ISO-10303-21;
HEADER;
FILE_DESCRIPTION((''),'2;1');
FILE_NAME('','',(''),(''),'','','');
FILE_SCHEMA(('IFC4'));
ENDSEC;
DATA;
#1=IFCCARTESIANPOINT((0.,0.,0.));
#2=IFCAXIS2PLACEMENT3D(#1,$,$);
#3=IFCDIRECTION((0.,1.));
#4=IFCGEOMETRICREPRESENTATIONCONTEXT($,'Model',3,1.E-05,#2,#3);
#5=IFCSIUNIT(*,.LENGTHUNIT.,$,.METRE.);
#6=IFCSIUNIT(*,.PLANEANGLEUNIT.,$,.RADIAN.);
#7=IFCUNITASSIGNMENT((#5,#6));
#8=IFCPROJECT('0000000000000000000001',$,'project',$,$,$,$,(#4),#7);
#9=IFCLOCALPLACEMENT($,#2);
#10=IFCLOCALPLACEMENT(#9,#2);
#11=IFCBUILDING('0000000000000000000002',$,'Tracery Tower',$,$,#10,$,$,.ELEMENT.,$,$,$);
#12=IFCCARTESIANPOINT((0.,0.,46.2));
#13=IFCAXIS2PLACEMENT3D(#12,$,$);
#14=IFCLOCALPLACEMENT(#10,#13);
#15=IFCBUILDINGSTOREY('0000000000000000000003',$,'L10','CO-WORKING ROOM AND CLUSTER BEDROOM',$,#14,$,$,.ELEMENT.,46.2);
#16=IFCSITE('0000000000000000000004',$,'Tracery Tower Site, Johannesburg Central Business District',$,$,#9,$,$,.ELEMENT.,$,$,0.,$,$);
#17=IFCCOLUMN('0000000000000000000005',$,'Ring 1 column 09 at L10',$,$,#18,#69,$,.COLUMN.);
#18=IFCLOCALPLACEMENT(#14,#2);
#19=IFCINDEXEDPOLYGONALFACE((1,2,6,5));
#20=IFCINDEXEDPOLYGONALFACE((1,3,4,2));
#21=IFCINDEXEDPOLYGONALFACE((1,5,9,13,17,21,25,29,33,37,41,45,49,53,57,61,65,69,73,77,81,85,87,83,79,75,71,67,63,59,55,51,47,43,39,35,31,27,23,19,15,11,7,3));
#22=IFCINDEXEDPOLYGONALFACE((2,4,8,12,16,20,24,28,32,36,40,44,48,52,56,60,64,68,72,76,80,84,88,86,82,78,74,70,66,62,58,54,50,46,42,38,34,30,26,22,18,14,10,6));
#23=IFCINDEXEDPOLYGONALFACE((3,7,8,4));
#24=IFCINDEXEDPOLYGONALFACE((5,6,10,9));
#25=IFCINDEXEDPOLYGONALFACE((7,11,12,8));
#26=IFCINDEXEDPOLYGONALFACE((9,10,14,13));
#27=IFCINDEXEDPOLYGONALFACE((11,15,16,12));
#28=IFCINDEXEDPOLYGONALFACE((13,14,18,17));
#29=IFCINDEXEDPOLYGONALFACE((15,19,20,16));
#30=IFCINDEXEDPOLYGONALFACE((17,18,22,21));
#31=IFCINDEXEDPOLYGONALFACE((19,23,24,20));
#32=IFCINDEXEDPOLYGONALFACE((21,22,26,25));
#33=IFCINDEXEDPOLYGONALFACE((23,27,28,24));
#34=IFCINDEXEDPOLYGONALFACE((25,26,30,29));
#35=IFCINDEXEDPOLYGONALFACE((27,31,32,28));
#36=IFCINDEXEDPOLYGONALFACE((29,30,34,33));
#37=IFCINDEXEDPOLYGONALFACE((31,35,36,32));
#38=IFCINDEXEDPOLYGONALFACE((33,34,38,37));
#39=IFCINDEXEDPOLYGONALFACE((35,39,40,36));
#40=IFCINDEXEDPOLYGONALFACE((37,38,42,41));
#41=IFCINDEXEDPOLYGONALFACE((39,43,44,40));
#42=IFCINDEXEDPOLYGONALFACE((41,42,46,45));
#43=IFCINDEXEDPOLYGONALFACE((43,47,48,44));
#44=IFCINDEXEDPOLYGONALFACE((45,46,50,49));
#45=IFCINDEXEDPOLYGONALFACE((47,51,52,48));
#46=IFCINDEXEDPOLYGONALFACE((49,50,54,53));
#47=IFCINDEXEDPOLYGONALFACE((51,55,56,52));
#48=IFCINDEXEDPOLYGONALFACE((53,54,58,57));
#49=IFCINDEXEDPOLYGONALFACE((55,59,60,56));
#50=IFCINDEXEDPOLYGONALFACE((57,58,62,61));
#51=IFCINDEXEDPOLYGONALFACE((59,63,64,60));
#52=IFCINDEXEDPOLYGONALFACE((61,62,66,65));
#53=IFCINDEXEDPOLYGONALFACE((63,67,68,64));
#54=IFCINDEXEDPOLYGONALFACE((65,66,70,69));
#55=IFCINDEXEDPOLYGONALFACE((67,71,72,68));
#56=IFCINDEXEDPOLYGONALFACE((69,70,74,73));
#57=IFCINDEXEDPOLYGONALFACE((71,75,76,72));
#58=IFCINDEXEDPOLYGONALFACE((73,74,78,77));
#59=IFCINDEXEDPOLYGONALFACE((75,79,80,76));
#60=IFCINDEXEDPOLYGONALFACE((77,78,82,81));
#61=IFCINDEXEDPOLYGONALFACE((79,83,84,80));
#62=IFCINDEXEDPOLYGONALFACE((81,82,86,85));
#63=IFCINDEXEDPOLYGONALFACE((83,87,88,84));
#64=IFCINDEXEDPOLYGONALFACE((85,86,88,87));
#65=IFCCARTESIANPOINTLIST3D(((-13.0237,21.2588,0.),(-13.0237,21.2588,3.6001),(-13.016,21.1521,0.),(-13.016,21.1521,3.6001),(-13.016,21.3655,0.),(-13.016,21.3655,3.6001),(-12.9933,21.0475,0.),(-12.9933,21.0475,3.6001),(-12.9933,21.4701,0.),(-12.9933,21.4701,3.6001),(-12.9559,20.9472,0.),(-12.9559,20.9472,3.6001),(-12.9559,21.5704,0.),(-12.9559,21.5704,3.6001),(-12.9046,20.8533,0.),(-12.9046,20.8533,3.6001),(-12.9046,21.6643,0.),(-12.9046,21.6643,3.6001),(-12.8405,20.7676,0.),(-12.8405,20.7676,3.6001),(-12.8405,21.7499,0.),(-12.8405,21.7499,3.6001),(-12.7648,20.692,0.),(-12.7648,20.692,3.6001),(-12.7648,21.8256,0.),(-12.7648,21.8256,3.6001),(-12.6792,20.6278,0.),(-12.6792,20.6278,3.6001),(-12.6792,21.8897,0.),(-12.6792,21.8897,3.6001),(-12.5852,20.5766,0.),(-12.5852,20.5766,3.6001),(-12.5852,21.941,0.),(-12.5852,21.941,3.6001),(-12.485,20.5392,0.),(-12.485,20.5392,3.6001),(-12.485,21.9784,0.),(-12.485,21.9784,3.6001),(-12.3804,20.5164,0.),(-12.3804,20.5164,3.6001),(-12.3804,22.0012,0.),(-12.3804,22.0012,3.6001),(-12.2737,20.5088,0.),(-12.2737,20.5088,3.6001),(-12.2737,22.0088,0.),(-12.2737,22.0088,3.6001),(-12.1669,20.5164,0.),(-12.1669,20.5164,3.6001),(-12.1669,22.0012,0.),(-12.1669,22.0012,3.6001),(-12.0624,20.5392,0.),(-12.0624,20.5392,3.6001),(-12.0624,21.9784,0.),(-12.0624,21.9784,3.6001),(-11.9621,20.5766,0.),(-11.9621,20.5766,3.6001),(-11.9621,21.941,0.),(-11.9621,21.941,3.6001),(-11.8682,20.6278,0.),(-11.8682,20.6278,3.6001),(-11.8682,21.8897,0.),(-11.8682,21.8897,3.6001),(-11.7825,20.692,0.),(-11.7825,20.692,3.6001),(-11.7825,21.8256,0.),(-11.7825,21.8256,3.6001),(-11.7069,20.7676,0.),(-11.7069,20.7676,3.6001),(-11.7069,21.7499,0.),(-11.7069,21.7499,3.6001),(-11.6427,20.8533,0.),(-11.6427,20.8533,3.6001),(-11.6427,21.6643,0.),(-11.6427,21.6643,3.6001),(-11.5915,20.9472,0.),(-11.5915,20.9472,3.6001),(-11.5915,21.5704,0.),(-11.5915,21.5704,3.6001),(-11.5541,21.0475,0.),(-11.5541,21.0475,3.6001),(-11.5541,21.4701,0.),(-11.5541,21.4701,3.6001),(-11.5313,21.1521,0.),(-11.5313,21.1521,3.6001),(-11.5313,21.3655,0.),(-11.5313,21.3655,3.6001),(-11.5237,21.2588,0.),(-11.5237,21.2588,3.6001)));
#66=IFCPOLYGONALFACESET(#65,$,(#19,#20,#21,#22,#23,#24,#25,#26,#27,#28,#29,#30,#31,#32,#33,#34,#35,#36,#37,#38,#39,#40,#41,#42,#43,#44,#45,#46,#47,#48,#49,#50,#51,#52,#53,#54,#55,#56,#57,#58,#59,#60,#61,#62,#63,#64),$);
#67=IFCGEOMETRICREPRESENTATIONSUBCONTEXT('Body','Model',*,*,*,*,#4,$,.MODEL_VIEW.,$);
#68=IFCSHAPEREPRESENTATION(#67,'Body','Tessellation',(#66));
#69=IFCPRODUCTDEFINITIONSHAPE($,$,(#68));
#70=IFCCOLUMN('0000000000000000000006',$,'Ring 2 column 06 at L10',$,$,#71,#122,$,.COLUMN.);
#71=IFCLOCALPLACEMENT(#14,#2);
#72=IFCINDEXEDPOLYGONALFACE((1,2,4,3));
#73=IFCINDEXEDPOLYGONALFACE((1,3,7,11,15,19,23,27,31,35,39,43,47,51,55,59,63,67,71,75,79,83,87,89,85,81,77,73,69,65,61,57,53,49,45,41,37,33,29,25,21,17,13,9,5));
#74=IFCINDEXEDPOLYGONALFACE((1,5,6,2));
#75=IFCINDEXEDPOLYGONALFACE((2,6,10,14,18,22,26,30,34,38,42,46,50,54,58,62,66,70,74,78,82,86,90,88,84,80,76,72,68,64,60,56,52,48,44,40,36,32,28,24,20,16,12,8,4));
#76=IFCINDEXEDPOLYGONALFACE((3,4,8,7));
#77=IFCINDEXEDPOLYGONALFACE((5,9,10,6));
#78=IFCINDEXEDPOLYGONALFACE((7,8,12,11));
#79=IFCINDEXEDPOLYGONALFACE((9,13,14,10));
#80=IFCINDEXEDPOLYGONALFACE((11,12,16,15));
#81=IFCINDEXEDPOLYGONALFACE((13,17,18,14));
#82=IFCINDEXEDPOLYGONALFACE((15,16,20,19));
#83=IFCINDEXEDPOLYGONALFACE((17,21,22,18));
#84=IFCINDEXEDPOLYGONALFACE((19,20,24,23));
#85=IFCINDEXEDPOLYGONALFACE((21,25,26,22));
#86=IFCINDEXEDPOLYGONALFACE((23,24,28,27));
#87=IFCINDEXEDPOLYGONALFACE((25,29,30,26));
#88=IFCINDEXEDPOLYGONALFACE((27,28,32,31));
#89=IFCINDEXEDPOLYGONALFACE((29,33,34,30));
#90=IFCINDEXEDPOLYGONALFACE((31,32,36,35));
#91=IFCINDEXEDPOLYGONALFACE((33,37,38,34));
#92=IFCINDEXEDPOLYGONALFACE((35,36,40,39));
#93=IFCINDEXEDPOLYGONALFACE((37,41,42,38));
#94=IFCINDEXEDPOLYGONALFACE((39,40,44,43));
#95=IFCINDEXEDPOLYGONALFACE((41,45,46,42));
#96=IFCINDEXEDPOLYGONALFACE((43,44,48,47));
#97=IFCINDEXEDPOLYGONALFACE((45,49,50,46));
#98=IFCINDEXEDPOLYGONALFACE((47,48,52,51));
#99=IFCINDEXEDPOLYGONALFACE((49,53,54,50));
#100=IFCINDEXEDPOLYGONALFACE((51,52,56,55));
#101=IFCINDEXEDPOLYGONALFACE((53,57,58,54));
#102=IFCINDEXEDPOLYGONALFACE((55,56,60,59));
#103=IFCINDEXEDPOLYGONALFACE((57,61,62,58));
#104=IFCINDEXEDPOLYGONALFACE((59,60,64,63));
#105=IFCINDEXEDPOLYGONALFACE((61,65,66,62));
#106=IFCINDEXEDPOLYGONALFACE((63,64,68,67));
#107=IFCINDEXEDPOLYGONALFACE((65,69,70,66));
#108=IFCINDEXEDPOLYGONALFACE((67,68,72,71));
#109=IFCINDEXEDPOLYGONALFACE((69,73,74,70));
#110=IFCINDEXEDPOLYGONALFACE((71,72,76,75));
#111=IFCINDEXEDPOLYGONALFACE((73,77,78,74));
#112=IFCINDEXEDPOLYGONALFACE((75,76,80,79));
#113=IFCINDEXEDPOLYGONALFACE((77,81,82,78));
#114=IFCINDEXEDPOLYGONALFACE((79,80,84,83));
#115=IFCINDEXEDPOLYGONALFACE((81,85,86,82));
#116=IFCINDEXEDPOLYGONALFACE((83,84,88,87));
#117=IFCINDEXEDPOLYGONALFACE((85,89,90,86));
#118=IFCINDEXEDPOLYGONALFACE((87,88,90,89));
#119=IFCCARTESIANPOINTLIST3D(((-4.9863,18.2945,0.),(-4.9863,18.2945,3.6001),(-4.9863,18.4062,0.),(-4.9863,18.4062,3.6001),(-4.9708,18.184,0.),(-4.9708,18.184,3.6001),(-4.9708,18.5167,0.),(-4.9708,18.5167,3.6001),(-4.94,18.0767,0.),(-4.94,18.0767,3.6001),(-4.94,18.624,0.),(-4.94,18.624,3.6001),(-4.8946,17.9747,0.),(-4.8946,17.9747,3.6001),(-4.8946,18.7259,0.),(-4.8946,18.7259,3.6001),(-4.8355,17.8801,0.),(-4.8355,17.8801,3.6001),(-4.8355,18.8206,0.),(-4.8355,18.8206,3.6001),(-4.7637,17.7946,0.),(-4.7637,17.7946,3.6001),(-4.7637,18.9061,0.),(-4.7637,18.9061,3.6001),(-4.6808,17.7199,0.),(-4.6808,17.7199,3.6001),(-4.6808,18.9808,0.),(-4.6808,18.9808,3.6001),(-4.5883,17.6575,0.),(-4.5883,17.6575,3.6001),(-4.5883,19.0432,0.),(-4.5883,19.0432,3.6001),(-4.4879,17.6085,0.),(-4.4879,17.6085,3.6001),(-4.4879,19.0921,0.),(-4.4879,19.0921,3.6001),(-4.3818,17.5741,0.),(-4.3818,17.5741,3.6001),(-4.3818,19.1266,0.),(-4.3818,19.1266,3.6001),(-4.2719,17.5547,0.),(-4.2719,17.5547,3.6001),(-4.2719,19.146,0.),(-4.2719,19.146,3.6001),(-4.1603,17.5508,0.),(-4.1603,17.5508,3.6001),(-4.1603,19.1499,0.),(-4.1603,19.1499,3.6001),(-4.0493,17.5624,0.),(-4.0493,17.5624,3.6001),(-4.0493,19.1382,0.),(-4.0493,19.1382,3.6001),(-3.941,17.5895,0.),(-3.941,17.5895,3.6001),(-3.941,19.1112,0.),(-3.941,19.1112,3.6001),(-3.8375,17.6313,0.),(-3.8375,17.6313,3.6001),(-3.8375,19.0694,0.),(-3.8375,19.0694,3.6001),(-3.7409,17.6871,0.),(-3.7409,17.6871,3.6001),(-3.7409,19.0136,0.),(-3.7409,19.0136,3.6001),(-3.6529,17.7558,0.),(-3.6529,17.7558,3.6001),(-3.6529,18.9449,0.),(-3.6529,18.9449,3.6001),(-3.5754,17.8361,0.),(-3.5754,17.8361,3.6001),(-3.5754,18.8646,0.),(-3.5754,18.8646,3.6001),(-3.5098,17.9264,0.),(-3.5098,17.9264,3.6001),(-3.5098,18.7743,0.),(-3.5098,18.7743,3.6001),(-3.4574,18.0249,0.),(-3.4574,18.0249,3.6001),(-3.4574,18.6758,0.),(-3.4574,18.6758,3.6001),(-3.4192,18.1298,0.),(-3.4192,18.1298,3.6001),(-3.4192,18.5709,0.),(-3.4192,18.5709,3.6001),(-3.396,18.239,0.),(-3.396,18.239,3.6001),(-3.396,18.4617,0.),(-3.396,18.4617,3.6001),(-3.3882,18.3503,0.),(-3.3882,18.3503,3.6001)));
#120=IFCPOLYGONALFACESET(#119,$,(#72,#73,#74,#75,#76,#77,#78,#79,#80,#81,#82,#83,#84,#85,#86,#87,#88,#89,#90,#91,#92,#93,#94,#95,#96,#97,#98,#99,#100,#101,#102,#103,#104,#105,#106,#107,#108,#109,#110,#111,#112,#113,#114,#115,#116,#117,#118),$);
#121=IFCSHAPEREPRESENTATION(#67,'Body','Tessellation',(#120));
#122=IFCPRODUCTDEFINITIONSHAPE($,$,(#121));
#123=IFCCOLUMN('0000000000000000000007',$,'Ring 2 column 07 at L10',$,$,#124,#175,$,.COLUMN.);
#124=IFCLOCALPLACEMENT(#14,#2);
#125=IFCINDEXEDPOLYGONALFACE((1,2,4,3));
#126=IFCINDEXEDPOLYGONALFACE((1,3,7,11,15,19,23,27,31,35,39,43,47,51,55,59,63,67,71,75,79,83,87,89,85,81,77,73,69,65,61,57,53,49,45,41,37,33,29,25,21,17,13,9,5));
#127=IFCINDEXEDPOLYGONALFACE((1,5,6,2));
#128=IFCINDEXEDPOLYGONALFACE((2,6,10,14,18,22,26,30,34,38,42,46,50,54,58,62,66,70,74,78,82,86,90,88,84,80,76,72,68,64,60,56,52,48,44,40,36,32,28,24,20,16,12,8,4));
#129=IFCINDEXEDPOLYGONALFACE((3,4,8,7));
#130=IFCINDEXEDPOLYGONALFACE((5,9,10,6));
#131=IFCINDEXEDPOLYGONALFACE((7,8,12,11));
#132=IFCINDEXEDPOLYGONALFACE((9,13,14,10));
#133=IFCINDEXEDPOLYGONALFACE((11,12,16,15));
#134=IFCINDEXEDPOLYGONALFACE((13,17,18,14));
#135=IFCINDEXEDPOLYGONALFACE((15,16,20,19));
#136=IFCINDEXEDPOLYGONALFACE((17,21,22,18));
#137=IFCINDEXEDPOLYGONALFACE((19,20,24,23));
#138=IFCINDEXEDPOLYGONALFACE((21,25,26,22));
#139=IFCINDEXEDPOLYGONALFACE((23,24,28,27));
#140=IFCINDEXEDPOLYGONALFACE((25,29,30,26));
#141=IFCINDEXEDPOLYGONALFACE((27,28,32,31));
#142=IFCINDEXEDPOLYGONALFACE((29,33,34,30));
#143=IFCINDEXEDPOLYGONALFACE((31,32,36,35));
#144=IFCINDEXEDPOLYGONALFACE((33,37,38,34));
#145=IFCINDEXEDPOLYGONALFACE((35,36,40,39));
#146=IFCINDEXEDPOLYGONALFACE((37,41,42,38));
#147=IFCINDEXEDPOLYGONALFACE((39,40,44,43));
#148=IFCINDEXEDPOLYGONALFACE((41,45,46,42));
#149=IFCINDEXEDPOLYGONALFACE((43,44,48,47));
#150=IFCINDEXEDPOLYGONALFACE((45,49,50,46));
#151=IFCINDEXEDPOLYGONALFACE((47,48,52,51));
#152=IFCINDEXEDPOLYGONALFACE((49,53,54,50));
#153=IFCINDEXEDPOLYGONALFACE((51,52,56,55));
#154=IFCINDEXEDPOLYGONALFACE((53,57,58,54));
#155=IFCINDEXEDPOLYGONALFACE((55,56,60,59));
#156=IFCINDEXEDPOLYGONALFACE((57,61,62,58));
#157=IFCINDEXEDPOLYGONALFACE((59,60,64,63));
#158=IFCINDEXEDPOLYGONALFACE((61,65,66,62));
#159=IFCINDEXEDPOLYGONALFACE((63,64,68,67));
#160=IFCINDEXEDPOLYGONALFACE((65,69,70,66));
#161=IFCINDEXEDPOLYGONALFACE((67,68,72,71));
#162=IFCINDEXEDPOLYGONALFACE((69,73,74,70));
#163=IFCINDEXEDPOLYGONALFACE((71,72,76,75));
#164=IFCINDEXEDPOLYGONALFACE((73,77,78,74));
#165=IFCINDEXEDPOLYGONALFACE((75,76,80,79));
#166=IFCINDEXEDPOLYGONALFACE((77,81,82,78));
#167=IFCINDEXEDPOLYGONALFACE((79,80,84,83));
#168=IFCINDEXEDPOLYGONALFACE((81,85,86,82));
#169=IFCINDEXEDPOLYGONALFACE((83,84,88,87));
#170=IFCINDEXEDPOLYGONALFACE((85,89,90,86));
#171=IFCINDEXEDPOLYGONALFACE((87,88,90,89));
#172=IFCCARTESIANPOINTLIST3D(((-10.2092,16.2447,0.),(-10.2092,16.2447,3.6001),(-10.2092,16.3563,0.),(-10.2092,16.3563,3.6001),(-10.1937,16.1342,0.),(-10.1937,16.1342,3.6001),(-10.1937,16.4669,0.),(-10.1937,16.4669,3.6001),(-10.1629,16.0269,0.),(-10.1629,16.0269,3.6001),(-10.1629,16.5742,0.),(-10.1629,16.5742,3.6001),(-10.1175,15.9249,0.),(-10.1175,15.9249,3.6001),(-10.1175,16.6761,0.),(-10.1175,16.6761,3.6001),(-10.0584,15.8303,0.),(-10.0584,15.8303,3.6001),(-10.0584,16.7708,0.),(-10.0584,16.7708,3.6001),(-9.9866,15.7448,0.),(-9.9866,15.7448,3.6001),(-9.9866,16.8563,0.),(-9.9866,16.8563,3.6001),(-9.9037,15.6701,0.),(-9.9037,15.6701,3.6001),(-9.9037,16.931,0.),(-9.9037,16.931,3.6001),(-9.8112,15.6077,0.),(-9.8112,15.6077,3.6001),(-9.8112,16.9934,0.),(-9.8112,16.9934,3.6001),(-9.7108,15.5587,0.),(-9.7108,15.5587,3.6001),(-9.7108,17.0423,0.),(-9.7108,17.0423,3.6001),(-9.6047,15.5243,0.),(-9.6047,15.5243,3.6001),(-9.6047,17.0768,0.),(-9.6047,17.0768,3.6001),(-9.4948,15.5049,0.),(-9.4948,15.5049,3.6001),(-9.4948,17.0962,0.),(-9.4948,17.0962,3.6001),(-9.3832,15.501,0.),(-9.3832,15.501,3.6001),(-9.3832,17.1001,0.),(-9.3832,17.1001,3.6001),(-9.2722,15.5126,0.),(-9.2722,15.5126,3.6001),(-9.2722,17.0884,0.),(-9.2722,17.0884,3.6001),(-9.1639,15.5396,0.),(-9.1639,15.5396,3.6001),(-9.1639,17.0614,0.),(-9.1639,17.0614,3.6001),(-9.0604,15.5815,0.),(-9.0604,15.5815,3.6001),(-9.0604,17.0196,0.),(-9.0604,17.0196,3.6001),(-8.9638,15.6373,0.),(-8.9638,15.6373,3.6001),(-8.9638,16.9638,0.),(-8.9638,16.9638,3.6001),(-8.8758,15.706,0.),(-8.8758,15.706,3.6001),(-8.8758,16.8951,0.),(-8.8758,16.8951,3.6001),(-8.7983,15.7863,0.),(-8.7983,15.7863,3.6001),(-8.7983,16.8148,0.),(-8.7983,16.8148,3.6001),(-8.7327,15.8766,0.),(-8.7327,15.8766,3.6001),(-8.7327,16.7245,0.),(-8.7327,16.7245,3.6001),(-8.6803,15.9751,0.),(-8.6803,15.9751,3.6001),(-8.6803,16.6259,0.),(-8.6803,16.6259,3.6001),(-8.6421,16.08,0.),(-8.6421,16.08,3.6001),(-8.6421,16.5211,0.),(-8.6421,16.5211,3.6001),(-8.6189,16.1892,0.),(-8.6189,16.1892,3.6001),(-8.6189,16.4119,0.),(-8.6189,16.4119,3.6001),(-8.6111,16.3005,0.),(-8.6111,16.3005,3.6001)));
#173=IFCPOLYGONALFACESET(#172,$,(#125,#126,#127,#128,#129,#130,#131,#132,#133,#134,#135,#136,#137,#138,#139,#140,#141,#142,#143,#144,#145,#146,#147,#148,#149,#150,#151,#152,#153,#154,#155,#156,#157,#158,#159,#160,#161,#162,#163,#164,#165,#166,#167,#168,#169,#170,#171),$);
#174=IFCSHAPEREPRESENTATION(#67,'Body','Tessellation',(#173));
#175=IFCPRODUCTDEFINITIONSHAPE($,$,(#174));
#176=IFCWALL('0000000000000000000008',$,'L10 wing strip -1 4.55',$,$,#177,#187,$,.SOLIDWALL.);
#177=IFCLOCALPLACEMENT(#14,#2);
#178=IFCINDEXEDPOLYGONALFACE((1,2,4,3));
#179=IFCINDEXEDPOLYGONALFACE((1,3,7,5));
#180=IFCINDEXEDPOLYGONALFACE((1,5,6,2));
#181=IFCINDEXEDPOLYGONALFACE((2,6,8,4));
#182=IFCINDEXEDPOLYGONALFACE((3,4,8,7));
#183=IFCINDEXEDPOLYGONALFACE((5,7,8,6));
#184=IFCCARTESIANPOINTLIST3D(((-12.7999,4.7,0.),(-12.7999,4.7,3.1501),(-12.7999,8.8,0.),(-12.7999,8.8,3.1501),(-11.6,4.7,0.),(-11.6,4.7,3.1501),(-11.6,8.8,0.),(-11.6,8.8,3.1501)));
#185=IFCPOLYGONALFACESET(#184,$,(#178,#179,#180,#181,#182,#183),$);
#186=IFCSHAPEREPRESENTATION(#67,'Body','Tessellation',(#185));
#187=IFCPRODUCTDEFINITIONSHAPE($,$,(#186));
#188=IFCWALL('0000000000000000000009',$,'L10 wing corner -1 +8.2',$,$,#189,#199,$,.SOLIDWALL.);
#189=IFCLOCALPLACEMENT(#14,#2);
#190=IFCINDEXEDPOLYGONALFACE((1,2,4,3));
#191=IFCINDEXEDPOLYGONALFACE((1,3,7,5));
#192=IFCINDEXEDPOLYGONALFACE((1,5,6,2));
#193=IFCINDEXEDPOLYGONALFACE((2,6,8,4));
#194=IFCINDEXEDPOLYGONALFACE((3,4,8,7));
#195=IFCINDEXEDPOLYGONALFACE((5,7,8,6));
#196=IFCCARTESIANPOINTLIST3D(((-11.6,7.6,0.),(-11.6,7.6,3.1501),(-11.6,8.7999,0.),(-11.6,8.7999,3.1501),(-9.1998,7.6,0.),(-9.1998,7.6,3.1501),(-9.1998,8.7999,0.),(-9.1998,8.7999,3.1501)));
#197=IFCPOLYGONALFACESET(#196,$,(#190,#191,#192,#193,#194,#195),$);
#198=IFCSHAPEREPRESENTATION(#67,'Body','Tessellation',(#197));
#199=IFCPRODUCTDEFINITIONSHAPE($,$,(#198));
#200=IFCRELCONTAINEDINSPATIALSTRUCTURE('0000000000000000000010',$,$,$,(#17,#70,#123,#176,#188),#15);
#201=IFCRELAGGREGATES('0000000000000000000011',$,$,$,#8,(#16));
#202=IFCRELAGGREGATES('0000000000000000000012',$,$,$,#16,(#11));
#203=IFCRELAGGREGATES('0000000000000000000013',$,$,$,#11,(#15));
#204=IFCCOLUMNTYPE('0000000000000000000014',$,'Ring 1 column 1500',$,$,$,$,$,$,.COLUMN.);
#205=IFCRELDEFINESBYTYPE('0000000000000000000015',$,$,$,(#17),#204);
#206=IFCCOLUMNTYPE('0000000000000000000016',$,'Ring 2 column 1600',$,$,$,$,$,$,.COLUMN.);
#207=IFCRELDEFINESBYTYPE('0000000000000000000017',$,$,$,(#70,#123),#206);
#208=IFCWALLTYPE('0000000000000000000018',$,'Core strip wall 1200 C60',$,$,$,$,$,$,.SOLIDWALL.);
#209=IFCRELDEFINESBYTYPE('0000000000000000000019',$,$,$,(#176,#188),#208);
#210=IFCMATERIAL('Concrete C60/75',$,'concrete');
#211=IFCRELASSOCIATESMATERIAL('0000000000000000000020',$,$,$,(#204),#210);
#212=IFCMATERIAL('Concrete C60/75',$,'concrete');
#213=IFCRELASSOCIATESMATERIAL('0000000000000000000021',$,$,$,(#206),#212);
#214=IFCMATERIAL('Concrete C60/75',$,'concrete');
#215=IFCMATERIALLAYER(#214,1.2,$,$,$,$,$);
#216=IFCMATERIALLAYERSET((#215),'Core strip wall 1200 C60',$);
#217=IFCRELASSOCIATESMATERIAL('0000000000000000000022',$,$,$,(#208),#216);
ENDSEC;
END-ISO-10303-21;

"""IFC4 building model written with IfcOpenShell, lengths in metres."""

from ifc_helpers import new_model, si_unit, direction, frame, frame_2d, origin, origin_2d, place, context, subcontext, project, spatial, rectangle, circle, extrude, material, layer, layer_set, material_profile, profile_set, type_object, element, save


model = new_model("IFC4")

# Units and contexts
model_context = context("Model", 3, precision=1e-05, world=origin(), true_north=direction((0.0, 1.0)))
body_context = subcontext(model_context, "Body", "Model", "MODEL_VIEW")
ifc_project = project(units=[si_unit("LENGTHUNIT", "METRE"), si_unit("PLANEANGLEUNIT", "RADIAN")], contexts=[model_context])

# Site, building, storey
site_placement = place(None, origin())
site = spatial("IfcSite", under=ifc_project, at=site_placement, Name="Tracery Tower Site, Johannesburg Central Business District", CompositionType="ELEMENT", RefElevation=0.0)
building_placement = place(site_placement, origin())
building = spatial("IfcBuilding", under=site, at=building_placement, Name="Tracery Tower", CompositionType="ELEMENT")
storey_placement = place(building_placement, frame((0.0, 0.0, 46.2)))
storey = spatial("IfcBuildingStorey", under=building, at=storey_placement, Name="L10", Description="CO-WORKING ROOM AND CLUSTER BEDROOM", CompositionType="ELEMENT", Elevation=46.2)

# Columns
ifc_material_1 = material(Name="Concrete C60/75", Category="concrete")
ifc_material_profile_1 = material_profile(ifc_material_1, circle(Radius=0.75, at=origin_2d()), Name="RC D1500")
ifc_profile_set_1 = profile_set([ifc_material_profile_1], Name="Concrete C60/75")
column_type_1 = type_object("IfcColumnType", Name="Ring 1 column 1500", PredefinedType="COLUMN", material=ifc_profile_set_1)
column_placement = place(storey_placement, frame((-12.2737, 21.2588, 0.0), z_axis=(0.0, 0.0, 1.0), x_axis=(1.0, 0.0, 0.0)))
element("IfcColumn", 1, at=column_placement, inside=storey, type_object=column_type_1, Name="Ring 1 column 09 at L10", PredefinedType="COLUMN", context=body_context, shape_type="SweptSolid", body=[
    extrude(circle(Radius=0.75, at=origin_2d()), origin(), (0.0, 0.0, 1.0), 3.6001),
])
ifc_material_2 = material(Name="Concrete C60/75", Category="concrete")
ifc_material_profile_2 = material_profile(ifc_material_2, circle(Radius=0.8, at=origin_2d()), Name="RC D1600")
ifc_profile_set_2 = profile_set([ifc_material_profile_2], Name="Concrete C60/75")
column_type_2 = type_object("IfcColumnType", Name="Ring 2 column 1600", PredefinedType="COLUMN", material=ifc_profile_set_2)
for number, where, z_axis, x_axis, name in (
    (2, (-4.1882, 18.3503, 0.0), (0.0, 0.0, 1.0), (1.0, 0.0, 0.0), "Ring 2 column 06 at L10"),
    (3, (-9.4111, 16.3005, 0.0), (0.0, 0.0, 1.0), (1.0, 0.0, 0.0), "Ring 2 column 07 at L10"),
):
    element("IfcColumn", number, at=place(storey_placement, frame(where, z_axis=z_axis, x_axis=x_axis)), inside=storey, type_object=column_type_2, Name=name, PredefinedType="COLUMN", context=body_context, shape_type="SweptSolid", body=[
        extrude(circle(Radius=0.8, at=origin_2d()), origin(), (0.0, 0.0, 1.0), 3.6001),
    ])

# Walls
ifc_material_3 = material(Name="Concrete C60/75", Category="concrete")
ifc_layer_1 = layer(ifc_material_3, 1.2)
ifc_layer_set_1 = layer_set([ifc_layer_1], Name="Core strip wall 1200 C60")
wall_type_1 = type_object("IfcWallType", Name="Core strip wall 1200 C60", PredefinedType="SOLIDWALL", material=ifc_layer_set_1)
wall_1_placement = place(storey_placement, frame((-12.2, 4.7, 0.0), z_axis=(0.0, 0.0, 1.0), x_axis=(0.0, 1.0, 0.0)))
element("IfcWall", 4, at=wall_1_placement, inside=storey, type_object=wall_type_1, Name="L10 wing strip -1 4.55", PredefinedType="SOLIDWALL", context=body_context, shape_type="SweptSolid", body=[
    extrude(rectangle(XDim=4.1001, YDim=1.2, at=frame_2d((2.05, 0.0))), origin(), (0.0, 0.0, 1.0), 3.1501),
])
wall_2_placement = place(storey_placement, frame((-11.6001, 8.2, 0.0), z_axis=(0.0, 0.0, 1.0), x_axis=(1.0, 0.0, 0.0)))
element("IfcWall", 5, at=wall_2_placement, inside=storey, type_object=wall_type_1, Name="L10 wing corner -1 +8.2", PredefinedType="SOLIDWALL", context=body_context, shape_type="SweptSolid", body=[
    extrude(rectangle(XDim=2.4001, YDim=1.2, at=frame_2d((1.2002, 0.0))), origin(), (0.0, 0.0, 1.0), 3.1501),
])

save(model, "model.ifc")
